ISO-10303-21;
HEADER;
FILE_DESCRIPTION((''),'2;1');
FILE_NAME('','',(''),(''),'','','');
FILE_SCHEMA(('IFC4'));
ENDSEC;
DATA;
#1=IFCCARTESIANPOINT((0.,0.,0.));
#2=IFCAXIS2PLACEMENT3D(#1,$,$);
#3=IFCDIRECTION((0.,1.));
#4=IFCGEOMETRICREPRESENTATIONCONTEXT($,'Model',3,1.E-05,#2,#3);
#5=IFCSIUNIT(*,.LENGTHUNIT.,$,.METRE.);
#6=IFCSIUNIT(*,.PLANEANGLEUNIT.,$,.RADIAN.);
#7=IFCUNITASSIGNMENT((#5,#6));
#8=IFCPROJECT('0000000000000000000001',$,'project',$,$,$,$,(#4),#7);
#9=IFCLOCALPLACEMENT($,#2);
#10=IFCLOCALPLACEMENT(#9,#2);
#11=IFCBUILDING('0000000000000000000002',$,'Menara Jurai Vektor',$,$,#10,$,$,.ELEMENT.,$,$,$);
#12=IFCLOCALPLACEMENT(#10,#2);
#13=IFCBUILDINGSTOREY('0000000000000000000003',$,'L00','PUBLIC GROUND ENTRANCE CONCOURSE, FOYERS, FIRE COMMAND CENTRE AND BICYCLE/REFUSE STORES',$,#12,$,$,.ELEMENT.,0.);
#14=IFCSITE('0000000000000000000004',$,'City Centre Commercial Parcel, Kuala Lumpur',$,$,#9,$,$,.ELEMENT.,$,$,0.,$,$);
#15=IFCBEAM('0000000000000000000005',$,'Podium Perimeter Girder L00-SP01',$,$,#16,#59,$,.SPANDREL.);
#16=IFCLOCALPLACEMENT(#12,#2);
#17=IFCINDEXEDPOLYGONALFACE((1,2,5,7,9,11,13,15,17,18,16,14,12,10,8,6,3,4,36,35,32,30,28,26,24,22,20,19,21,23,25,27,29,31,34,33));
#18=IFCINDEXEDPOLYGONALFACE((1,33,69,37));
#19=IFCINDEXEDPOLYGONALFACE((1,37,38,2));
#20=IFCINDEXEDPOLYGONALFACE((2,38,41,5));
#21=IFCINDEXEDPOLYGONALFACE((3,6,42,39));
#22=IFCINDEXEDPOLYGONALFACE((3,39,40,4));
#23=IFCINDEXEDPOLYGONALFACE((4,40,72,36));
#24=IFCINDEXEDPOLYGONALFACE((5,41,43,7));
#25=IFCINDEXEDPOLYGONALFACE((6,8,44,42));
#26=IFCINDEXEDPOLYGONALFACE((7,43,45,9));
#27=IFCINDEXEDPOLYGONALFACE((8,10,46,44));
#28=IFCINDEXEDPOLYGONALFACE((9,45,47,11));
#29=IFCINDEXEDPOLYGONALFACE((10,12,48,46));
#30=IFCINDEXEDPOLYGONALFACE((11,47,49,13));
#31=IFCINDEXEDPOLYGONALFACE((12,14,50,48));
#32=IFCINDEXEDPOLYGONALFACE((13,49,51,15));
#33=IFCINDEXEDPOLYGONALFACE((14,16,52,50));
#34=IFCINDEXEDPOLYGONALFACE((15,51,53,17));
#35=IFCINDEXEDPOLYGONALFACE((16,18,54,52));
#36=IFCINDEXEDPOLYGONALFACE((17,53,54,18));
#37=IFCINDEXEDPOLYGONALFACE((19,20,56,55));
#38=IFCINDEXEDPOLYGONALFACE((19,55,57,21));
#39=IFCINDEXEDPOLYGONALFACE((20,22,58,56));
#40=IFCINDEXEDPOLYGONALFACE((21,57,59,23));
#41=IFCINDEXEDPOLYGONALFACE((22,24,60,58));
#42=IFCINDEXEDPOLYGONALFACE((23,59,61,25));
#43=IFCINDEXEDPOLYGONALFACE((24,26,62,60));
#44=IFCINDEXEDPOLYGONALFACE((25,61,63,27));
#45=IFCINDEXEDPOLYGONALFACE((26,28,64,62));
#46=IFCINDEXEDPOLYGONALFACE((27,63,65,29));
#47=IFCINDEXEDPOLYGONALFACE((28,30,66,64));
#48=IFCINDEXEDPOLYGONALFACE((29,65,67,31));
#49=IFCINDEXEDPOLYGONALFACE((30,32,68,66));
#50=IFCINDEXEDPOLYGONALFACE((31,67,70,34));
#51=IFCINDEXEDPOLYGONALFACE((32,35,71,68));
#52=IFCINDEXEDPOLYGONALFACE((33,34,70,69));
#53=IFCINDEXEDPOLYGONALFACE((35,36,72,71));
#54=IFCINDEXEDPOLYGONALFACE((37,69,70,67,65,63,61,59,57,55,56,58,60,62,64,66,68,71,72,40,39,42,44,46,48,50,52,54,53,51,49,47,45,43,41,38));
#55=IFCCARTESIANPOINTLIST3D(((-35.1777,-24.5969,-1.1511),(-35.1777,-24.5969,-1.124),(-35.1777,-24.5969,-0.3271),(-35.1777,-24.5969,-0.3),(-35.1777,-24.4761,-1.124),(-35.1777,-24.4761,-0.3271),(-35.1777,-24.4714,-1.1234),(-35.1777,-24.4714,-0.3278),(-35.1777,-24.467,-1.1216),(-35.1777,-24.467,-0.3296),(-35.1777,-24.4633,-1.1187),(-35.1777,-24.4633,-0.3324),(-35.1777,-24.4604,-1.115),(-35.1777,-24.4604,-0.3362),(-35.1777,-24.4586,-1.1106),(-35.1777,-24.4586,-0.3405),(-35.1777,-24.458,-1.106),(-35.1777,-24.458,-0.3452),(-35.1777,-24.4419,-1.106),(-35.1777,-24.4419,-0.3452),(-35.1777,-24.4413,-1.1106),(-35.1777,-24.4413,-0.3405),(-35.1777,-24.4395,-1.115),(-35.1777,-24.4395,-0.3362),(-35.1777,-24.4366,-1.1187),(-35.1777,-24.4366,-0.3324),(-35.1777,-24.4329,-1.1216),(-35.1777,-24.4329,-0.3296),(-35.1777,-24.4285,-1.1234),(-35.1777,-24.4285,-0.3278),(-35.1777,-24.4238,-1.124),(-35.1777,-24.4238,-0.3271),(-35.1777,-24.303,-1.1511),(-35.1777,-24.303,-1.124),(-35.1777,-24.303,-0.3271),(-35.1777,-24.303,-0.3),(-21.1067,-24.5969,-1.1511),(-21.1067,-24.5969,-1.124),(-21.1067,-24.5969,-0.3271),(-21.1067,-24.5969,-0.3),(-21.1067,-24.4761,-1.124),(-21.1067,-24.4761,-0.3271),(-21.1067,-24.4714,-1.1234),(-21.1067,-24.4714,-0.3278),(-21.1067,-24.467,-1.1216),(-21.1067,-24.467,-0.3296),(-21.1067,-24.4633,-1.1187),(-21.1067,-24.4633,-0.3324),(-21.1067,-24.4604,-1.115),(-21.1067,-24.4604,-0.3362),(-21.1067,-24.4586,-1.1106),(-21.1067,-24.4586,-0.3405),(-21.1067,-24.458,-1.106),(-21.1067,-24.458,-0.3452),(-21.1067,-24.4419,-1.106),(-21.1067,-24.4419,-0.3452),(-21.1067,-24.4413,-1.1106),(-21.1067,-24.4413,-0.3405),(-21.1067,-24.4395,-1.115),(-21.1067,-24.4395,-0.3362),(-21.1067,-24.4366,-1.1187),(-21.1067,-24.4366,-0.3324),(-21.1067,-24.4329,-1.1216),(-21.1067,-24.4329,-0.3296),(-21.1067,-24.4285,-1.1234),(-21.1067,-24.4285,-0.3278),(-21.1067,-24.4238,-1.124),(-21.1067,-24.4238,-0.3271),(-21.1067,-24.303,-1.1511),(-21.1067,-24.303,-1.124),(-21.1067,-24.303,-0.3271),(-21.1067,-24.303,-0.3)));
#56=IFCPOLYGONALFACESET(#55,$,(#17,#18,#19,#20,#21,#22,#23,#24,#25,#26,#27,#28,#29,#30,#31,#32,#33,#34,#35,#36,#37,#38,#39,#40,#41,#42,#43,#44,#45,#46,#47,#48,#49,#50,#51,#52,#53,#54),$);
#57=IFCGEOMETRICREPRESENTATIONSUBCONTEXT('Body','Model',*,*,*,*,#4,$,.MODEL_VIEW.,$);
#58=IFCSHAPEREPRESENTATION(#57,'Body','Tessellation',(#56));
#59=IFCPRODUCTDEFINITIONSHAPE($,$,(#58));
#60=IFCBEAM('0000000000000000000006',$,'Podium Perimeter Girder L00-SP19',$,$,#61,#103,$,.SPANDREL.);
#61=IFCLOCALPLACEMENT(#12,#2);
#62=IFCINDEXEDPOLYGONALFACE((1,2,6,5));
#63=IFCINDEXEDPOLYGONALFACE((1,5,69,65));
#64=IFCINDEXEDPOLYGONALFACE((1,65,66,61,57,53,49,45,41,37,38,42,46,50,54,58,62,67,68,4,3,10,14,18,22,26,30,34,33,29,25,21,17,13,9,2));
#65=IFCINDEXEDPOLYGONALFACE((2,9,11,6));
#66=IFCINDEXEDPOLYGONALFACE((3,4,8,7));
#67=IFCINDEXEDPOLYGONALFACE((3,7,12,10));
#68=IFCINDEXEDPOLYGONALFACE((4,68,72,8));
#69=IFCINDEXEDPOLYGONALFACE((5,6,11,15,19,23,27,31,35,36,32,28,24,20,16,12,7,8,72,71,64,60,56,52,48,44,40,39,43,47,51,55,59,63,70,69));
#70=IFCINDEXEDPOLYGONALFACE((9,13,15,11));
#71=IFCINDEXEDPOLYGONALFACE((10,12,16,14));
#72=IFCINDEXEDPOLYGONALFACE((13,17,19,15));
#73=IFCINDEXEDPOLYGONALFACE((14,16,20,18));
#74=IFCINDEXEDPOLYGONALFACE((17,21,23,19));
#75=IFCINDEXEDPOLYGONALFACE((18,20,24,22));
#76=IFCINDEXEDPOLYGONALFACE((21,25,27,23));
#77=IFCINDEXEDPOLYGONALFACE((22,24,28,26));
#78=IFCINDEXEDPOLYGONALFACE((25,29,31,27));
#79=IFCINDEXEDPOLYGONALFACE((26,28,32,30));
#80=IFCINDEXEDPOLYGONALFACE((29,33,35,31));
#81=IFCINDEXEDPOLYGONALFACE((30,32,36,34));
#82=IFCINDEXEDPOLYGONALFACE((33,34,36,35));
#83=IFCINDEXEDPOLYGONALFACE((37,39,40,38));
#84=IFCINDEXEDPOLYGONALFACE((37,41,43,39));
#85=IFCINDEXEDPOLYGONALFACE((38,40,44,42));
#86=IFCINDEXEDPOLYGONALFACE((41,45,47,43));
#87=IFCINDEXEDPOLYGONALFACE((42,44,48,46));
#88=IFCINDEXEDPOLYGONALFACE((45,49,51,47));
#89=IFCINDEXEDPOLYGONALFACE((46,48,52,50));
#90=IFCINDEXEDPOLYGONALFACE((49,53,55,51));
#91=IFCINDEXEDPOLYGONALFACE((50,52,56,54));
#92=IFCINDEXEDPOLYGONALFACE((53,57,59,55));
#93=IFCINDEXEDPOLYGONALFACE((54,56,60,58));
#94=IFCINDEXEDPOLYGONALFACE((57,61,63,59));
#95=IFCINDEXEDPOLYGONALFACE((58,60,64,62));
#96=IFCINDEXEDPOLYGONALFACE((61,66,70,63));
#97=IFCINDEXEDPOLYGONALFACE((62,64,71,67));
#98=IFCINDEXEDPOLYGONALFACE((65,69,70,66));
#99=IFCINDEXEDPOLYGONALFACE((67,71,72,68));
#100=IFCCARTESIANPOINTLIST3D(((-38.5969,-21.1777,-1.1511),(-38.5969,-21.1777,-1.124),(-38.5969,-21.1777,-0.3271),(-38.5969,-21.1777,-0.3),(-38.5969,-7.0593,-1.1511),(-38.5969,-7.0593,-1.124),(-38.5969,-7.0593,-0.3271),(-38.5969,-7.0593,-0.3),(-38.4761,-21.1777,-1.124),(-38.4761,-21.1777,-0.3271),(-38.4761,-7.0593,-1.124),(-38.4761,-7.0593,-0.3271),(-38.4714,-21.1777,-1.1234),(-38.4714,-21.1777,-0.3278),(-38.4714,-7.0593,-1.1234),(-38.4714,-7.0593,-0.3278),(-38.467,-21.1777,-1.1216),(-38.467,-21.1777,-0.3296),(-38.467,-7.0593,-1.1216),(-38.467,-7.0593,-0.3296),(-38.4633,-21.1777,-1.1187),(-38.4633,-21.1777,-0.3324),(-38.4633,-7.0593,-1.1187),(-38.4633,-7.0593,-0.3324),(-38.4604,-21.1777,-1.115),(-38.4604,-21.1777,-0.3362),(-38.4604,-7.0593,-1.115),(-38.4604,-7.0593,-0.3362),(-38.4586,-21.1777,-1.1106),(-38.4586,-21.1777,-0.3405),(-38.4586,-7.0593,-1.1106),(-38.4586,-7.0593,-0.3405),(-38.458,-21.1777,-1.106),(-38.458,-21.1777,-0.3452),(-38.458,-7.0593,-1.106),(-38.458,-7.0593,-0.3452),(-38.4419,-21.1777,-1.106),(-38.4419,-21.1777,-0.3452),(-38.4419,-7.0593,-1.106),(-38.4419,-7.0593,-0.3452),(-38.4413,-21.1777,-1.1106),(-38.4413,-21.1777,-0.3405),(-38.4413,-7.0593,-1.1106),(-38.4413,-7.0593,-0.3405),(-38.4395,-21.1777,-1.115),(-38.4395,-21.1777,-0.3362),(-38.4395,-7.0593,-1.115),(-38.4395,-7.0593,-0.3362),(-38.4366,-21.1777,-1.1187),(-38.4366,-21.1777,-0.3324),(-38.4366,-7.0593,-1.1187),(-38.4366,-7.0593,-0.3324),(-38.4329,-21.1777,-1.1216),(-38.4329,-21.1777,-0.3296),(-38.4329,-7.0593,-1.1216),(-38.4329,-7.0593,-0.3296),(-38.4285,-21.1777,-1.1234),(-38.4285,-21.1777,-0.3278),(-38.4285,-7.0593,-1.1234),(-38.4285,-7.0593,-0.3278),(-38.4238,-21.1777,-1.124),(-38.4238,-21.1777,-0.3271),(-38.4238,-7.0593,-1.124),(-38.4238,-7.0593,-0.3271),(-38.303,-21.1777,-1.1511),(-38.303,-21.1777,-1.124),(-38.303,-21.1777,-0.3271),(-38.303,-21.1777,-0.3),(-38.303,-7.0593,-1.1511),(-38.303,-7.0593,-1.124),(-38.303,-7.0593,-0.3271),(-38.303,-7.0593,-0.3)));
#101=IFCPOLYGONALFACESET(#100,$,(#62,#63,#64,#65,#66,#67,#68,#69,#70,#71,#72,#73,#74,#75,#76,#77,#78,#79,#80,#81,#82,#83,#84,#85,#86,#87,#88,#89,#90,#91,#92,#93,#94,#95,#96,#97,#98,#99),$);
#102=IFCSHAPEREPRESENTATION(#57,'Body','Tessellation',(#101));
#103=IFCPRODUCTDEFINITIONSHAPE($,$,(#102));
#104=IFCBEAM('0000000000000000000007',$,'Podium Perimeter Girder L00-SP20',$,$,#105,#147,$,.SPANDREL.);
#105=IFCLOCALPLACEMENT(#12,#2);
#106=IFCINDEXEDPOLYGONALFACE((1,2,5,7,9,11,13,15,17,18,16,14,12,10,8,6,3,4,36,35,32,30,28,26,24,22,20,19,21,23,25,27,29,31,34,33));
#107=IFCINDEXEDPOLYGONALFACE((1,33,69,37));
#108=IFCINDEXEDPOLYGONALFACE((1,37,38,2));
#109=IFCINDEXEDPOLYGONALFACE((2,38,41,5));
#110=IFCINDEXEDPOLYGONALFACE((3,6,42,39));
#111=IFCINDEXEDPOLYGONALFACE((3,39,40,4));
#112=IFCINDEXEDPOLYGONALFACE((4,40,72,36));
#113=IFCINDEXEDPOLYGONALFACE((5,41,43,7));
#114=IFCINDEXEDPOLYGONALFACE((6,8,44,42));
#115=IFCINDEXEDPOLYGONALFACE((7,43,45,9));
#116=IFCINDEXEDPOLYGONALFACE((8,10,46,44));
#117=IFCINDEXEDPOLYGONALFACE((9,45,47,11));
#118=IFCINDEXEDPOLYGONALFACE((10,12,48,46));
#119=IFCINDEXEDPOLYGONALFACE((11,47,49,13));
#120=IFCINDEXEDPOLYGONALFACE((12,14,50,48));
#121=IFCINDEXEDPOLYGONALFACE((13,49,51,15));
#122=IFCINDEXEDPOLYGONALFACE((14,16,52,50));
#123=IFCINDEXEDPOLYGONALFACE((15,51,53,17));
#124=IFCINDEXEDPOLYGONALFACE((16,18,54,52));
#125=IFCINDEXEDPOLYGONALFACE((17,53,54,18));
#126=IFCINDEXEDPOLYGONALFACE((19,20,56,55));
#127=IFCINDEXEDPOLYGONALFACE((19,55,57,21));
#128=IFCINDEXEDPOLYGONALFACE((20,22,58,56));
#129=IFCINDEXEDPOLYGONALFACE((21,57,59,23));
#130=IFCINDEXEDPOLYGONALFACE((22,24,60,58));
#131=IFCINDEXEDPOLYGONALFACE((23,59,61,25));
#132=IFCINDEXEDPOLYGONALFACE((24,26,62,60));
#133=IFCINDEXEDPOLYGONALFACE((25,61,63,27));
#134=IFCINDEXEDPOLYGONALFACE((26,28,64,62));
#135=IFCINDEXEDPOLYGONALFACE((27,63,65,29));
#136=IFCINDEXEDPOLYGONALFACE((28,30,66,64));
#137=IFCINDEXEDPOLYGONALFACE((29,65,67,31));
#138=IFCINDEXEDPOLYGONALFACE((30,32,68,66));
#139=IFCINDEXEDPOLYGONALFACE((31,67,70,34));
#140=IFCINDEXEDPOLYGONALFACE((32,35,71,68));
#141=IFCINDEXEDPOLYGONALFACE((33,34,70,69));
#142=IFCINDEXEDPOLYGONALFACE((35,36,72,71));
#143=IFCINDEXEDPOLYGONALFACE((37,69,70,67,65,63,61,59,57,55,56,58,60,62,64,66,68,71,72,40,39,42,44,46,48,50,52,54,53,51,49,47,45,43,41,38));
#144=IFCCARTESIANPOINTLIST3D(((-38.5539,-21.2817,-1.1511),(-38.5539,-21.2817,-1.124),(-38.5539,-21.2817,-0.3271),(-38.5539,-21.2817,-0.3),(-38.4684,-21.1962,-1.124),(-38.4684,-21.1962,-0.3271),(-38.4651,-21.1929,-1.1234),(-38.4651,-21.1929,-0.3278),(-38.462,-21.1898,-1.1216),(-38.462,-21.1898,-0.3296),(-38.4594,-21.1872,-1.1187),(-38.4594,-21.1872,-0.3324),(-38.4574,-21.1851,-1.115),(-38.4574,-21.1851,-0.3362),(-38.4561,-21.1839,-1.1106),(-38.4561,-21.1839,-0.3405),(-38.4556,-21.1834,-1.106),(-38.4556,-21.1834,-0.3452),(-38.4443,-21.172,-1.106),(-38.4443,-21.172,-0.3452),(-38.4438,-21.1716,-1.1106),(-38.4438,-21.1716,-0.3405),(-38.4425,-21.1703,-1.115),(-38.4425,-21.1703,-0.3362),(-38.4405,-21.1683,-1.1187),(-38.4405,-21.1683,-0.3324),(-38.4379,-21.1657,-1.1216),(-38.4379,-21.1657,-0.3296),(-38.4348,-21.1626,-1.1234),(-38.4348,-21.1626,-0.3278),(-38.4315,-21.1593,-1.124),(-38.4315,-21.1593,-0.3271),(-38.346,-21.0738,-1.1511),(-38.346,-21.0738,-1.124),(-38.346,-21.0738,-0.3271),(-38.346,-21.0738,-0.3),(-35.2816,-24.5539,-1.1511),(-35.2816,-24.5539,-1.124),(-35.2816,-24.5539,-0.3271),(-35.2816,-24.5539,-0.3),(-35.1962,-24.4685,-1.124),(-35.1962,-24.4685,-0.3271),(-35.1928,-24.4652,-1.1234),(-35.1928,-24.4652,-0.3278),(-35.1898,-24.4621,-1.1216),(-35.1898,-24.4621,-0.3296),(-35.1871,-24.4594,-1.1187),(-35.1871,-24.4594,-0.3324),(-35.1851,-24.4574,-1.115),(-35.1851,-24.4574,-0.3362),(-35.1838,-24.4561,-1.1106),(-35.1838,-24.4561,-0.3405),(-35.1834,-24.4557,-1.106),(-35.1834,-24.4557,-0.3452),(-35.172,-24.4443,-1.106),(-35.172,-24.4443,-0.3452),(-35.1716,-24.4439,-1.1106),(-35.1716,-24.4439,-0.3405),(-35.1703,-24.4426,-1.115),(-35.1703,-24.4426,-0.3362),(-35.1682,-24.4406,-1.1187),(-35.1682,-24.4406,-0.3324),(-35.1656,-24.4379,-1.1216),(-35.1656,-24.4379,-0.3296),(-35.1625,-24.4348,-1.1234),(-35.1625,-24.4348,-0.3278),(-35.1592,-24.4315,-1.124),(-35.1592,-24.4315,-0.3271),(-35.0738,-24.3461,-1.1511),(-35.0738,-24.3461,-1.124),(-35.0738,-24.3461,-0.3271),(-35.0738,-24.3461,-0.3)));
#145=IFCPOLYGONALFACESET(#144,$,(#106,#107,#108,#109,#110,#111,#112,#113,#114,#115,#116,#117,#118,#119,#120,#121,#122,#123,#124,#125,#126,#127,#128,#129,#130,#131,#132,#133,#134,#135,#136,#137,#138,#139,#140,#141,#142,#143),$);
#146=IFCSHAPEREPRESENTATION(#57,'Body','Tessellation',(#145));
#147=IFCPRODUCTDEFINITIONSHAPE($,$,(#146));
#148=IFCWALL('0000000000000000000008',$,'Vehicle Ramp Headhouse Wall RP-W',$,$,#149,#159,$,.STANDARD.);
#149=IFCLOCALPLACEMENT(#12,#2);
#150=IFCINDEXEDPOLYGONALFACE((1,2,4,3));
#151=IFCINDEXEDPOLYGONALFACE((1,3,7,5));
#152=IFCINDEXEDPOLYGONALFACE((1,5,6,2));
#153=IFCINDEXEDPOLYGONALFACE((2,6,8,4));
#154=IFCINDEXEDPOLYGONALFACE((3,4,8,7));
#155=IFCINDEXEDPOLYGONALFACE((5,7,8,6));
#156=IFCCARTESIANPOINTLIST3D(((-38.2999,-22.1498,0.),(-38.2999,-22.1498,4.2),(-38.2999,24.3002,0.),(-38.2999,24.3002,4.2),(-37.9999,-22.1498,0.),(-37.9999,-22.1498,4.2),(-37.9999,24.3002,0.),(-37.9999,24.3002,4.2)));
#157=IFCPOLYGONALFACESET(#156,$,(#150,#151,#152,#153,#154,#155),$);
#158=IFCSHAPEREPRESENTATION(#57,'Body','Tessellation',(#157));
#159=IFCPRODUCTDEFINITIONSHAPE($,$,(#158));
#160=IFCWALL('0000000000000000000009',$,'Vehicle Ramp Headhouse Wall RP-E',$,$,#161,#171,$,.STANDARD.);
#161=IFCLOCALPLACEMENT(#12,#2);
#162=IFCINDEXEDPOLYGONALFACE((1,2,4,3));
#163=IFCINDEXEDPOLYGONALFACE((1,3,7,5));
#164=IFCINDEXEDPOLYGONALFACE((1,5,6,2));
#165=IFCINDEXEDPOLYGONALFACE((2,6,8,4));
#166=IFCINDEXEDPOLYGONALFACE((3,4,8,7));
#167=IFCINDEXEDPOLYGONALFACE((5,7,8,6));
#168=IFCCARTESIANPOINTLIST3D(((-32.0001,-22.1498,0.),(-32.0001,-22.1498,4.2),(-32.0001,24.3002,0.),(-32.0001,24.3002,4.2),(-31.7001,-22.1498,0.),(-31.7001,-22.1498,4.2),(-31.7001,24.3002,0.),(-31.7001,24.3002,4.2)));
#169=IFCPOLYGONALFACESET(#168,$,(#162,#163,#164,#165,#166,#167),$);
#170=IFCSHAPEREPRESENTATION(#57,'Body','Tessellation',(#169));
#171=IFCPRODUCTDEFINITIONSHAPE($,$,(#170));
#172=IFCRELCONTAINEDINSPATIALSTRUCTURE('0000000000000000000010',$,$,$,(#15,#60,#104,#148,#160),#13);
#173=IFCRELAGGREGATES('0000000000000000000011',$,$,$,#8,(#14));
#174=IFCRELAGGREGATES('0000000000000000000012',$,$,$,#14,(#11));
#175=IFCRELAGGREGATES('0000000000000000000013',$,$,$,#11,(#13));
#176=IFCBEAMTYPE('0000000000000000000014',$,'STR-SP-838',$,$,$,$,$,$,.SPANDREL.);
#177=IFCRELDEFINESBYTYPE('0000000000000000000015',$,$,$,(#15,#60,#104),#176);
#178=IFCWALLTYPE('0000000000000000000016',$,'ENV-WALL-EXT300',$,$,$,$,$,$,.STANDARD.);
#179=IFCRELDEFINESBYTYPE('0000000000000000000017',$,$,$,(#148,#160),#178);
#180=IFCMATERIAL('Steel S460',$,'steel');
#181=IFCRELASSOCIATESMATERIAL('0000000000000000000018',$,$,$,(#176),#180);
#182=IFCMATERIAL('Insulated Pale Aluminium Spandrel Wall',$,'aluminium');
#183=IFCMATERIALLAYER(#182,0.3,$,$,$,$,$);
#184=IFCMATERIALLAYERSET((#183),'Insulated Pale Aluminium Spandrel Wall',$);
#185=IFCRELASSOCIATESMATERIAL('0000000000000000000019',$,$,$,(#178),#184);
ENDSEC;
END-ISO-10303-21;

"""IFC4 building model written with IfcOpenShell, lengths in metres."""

from ifc_helpers import new_model, si_unit, direction, frame, frame_2d, origin, origin_2d, place, context, subcontext, project, spatial, rectangle, i_section, extrude, material, layer, layer_set, material_profile, profile_set, type_object, element, save


model = new_model("IFC4")

# Units and contexts
model_context = context("Model", 3, precision=1e-05, world=origin(), true_north=direction((0.0, 1.0)))
body_context = subcontext(model_context, "Body", "Model", "MODEL_VIEW")
ifc_project = project(units=[si_unit("LENGTHUNIT", "METRE"), si_unit("PLANEANGLEUNIT", "RADIAN")], contexts=[model_context])

# Site, building, storey
site_placement = place(None, origin())
site = spatial("IfcSite", under=ifc_project, at=site_placement, Name="City Centre Commercial Parcel, Kuala Lumpur", CompositionType="ELEMENT", RefElevation=0.0)
building_placement = place(site_placement, origin())
building = spatial("IfcBuilding", under=site, at=building_placement, Name="Menara Jurai Vektor", CompositionType="ELEMENT")
storey_placement = place(building_placement, origin())
storey = spatial("IfcBuildingStorey", under=building, at=storey_placement, Name="L00", Description="PUBLIC GROUND ENTRANCE CONCOURSE, FOYERS, FIRE COMMAND CENTRE AND BICYCLE/REFUSE STORES", CompositionType="ELEMENT", Elevation=0.0)

# Shared definitions
ifc_material_1 = material(Name="Steel S460", Category="steel")

# Beams
ifc_material_profile_1 = material_profile(ifc_material_1, i_section(OverallWidth=0.2939, OverallDepth=0.8511, WebThickness=0.0161, FlangeThickness=0.0271, FilletRadius=0.0181, at=origin_2d()), Name="UKB 838x292x226")
ifc_profile_set_1 = profile_set([ifc_material_profile_1], Name="Steel S460")
beam_type_1 = type_object("IfcBeamType", Name="STR-SP-838", PredefinedType="SPANDREL", material=ifc_profile_set_1)
beam_1_placement = place(storey_placement, frame((-35.1777, -24.45, -0.7256), z_axis=(1.0, 0.0, 0.0), x_axis=(0.0, 1.0, 0.0)))
element("IfcBeam", 1, at=beam_1_placement, inside=storey, type_object=beam_type_1, Name="Podium Perimeter Girder L00-SP01", PredefinedType="SPANDREL", context=body_context, shape_type="SweptSolid", body=[
    extrude(i_section(OverallWidth=0.2939, OverallDepth=0.8511, WebThickness=0.0161, FlangeThickness=0.0271, FilletRadius=0.0181, at=origin_2d()), origin(), (0.0, 0.0, 1.0), 14.071),
])
beam_2_placement = place(storey_placement, frame((-38.45, -7.0593, -0.7256), z_axis=(0.0, -1.0, 0.0), x_axis=(1.0, 0.0, 0.0)))
element("IfcBeam", 2, at=beam_2_placement, inside=storey, type_object=beam_type_1, Name="Podium Perimeter Girder L00-SP19", PredefinedType="SPANDREL", context=body_context, shape_type="SweptSolid", body=[
    extrude(i_section(OverallWidth=0.2939, OverallDepth=0.8511, WebThickness=0.0161, FlangeThickness=0.0271, FilletRadius=0.0181, at=origin_2d()), origin(), (0.0, 0.0, 1.0), 14.1184),
])
beam_3_placement = place(storey_placement, frame((-38.45, -21.1777, -0.7256), z_axis=(0.707107, -0.707107, 0.0), x_axis=(0.707107, 0.707107, 0.0)))
element("IfcBeam", 3, at=beam_3_placement, inside=storey, type_object=beam_type_1, Name="Podium Perimeter Girder L00-SP20", PredefinedType="SPANDREL", context=body_context, shape_type="SweptSolid", body=[
    extrude(i_section(OverallWidth=0.2939, OverallDepth=0.8511, WebThickness=0.0161, FlangeThickness=0.0271, FilletRadius=0.0181, at=origin_2d()), origin(), (0.0, 0.0, 1.0), 4.6277),
])

# Walls
ifc_material_2 = material(Name="Insulated Pale Aluminium Spandrel Wall", Category="aluminium")
ifc_layer_1 = layer(ifc_material_2, 0.3)
ifc_layer_set_1 = layer_set([ifc_layer_1], Name="Insulated Pale Aluminium Spandrel Wall")
wall_type_1 = type_object("IfcWallType", Name="ENV-WALL-EXT300", PredefinedType="STANDARD", material=ifc_layer_set_1)
for number, where, z_axis, x_axis, name in (
    (4, (-38.1499, -22.1499, 0.0), (0.0, 0.0, 1.0), (0.0, 1.0, 0.0), "Vehicle Ramp Headhouse Wall RP-W"),
    (5, (-31.8501, -22.1499, 0.0), (0.0, 0.0, 1.0), (0.0, 1.0, 0.0), "Vehicle Ramp Headhouse Wall RP-E"),
):
    element("IfcWall", number, at=place(storey_placement, frame(where, z_axis=z_axis, x_axis=x_axis)), inside=storey, type_object=wall_type_1, Name=name, PredefinedType="STANDARD", context=body_context, shape_type="SweptSolid", body=[
        extrude(rectangle(XDim=46.45, YDim=0.3, at=frame_2d((23.2251, 0.0))), origin(), (0.0, 0.0, 1.0), 4.2),
    ])

save(model, "model.ifc")
